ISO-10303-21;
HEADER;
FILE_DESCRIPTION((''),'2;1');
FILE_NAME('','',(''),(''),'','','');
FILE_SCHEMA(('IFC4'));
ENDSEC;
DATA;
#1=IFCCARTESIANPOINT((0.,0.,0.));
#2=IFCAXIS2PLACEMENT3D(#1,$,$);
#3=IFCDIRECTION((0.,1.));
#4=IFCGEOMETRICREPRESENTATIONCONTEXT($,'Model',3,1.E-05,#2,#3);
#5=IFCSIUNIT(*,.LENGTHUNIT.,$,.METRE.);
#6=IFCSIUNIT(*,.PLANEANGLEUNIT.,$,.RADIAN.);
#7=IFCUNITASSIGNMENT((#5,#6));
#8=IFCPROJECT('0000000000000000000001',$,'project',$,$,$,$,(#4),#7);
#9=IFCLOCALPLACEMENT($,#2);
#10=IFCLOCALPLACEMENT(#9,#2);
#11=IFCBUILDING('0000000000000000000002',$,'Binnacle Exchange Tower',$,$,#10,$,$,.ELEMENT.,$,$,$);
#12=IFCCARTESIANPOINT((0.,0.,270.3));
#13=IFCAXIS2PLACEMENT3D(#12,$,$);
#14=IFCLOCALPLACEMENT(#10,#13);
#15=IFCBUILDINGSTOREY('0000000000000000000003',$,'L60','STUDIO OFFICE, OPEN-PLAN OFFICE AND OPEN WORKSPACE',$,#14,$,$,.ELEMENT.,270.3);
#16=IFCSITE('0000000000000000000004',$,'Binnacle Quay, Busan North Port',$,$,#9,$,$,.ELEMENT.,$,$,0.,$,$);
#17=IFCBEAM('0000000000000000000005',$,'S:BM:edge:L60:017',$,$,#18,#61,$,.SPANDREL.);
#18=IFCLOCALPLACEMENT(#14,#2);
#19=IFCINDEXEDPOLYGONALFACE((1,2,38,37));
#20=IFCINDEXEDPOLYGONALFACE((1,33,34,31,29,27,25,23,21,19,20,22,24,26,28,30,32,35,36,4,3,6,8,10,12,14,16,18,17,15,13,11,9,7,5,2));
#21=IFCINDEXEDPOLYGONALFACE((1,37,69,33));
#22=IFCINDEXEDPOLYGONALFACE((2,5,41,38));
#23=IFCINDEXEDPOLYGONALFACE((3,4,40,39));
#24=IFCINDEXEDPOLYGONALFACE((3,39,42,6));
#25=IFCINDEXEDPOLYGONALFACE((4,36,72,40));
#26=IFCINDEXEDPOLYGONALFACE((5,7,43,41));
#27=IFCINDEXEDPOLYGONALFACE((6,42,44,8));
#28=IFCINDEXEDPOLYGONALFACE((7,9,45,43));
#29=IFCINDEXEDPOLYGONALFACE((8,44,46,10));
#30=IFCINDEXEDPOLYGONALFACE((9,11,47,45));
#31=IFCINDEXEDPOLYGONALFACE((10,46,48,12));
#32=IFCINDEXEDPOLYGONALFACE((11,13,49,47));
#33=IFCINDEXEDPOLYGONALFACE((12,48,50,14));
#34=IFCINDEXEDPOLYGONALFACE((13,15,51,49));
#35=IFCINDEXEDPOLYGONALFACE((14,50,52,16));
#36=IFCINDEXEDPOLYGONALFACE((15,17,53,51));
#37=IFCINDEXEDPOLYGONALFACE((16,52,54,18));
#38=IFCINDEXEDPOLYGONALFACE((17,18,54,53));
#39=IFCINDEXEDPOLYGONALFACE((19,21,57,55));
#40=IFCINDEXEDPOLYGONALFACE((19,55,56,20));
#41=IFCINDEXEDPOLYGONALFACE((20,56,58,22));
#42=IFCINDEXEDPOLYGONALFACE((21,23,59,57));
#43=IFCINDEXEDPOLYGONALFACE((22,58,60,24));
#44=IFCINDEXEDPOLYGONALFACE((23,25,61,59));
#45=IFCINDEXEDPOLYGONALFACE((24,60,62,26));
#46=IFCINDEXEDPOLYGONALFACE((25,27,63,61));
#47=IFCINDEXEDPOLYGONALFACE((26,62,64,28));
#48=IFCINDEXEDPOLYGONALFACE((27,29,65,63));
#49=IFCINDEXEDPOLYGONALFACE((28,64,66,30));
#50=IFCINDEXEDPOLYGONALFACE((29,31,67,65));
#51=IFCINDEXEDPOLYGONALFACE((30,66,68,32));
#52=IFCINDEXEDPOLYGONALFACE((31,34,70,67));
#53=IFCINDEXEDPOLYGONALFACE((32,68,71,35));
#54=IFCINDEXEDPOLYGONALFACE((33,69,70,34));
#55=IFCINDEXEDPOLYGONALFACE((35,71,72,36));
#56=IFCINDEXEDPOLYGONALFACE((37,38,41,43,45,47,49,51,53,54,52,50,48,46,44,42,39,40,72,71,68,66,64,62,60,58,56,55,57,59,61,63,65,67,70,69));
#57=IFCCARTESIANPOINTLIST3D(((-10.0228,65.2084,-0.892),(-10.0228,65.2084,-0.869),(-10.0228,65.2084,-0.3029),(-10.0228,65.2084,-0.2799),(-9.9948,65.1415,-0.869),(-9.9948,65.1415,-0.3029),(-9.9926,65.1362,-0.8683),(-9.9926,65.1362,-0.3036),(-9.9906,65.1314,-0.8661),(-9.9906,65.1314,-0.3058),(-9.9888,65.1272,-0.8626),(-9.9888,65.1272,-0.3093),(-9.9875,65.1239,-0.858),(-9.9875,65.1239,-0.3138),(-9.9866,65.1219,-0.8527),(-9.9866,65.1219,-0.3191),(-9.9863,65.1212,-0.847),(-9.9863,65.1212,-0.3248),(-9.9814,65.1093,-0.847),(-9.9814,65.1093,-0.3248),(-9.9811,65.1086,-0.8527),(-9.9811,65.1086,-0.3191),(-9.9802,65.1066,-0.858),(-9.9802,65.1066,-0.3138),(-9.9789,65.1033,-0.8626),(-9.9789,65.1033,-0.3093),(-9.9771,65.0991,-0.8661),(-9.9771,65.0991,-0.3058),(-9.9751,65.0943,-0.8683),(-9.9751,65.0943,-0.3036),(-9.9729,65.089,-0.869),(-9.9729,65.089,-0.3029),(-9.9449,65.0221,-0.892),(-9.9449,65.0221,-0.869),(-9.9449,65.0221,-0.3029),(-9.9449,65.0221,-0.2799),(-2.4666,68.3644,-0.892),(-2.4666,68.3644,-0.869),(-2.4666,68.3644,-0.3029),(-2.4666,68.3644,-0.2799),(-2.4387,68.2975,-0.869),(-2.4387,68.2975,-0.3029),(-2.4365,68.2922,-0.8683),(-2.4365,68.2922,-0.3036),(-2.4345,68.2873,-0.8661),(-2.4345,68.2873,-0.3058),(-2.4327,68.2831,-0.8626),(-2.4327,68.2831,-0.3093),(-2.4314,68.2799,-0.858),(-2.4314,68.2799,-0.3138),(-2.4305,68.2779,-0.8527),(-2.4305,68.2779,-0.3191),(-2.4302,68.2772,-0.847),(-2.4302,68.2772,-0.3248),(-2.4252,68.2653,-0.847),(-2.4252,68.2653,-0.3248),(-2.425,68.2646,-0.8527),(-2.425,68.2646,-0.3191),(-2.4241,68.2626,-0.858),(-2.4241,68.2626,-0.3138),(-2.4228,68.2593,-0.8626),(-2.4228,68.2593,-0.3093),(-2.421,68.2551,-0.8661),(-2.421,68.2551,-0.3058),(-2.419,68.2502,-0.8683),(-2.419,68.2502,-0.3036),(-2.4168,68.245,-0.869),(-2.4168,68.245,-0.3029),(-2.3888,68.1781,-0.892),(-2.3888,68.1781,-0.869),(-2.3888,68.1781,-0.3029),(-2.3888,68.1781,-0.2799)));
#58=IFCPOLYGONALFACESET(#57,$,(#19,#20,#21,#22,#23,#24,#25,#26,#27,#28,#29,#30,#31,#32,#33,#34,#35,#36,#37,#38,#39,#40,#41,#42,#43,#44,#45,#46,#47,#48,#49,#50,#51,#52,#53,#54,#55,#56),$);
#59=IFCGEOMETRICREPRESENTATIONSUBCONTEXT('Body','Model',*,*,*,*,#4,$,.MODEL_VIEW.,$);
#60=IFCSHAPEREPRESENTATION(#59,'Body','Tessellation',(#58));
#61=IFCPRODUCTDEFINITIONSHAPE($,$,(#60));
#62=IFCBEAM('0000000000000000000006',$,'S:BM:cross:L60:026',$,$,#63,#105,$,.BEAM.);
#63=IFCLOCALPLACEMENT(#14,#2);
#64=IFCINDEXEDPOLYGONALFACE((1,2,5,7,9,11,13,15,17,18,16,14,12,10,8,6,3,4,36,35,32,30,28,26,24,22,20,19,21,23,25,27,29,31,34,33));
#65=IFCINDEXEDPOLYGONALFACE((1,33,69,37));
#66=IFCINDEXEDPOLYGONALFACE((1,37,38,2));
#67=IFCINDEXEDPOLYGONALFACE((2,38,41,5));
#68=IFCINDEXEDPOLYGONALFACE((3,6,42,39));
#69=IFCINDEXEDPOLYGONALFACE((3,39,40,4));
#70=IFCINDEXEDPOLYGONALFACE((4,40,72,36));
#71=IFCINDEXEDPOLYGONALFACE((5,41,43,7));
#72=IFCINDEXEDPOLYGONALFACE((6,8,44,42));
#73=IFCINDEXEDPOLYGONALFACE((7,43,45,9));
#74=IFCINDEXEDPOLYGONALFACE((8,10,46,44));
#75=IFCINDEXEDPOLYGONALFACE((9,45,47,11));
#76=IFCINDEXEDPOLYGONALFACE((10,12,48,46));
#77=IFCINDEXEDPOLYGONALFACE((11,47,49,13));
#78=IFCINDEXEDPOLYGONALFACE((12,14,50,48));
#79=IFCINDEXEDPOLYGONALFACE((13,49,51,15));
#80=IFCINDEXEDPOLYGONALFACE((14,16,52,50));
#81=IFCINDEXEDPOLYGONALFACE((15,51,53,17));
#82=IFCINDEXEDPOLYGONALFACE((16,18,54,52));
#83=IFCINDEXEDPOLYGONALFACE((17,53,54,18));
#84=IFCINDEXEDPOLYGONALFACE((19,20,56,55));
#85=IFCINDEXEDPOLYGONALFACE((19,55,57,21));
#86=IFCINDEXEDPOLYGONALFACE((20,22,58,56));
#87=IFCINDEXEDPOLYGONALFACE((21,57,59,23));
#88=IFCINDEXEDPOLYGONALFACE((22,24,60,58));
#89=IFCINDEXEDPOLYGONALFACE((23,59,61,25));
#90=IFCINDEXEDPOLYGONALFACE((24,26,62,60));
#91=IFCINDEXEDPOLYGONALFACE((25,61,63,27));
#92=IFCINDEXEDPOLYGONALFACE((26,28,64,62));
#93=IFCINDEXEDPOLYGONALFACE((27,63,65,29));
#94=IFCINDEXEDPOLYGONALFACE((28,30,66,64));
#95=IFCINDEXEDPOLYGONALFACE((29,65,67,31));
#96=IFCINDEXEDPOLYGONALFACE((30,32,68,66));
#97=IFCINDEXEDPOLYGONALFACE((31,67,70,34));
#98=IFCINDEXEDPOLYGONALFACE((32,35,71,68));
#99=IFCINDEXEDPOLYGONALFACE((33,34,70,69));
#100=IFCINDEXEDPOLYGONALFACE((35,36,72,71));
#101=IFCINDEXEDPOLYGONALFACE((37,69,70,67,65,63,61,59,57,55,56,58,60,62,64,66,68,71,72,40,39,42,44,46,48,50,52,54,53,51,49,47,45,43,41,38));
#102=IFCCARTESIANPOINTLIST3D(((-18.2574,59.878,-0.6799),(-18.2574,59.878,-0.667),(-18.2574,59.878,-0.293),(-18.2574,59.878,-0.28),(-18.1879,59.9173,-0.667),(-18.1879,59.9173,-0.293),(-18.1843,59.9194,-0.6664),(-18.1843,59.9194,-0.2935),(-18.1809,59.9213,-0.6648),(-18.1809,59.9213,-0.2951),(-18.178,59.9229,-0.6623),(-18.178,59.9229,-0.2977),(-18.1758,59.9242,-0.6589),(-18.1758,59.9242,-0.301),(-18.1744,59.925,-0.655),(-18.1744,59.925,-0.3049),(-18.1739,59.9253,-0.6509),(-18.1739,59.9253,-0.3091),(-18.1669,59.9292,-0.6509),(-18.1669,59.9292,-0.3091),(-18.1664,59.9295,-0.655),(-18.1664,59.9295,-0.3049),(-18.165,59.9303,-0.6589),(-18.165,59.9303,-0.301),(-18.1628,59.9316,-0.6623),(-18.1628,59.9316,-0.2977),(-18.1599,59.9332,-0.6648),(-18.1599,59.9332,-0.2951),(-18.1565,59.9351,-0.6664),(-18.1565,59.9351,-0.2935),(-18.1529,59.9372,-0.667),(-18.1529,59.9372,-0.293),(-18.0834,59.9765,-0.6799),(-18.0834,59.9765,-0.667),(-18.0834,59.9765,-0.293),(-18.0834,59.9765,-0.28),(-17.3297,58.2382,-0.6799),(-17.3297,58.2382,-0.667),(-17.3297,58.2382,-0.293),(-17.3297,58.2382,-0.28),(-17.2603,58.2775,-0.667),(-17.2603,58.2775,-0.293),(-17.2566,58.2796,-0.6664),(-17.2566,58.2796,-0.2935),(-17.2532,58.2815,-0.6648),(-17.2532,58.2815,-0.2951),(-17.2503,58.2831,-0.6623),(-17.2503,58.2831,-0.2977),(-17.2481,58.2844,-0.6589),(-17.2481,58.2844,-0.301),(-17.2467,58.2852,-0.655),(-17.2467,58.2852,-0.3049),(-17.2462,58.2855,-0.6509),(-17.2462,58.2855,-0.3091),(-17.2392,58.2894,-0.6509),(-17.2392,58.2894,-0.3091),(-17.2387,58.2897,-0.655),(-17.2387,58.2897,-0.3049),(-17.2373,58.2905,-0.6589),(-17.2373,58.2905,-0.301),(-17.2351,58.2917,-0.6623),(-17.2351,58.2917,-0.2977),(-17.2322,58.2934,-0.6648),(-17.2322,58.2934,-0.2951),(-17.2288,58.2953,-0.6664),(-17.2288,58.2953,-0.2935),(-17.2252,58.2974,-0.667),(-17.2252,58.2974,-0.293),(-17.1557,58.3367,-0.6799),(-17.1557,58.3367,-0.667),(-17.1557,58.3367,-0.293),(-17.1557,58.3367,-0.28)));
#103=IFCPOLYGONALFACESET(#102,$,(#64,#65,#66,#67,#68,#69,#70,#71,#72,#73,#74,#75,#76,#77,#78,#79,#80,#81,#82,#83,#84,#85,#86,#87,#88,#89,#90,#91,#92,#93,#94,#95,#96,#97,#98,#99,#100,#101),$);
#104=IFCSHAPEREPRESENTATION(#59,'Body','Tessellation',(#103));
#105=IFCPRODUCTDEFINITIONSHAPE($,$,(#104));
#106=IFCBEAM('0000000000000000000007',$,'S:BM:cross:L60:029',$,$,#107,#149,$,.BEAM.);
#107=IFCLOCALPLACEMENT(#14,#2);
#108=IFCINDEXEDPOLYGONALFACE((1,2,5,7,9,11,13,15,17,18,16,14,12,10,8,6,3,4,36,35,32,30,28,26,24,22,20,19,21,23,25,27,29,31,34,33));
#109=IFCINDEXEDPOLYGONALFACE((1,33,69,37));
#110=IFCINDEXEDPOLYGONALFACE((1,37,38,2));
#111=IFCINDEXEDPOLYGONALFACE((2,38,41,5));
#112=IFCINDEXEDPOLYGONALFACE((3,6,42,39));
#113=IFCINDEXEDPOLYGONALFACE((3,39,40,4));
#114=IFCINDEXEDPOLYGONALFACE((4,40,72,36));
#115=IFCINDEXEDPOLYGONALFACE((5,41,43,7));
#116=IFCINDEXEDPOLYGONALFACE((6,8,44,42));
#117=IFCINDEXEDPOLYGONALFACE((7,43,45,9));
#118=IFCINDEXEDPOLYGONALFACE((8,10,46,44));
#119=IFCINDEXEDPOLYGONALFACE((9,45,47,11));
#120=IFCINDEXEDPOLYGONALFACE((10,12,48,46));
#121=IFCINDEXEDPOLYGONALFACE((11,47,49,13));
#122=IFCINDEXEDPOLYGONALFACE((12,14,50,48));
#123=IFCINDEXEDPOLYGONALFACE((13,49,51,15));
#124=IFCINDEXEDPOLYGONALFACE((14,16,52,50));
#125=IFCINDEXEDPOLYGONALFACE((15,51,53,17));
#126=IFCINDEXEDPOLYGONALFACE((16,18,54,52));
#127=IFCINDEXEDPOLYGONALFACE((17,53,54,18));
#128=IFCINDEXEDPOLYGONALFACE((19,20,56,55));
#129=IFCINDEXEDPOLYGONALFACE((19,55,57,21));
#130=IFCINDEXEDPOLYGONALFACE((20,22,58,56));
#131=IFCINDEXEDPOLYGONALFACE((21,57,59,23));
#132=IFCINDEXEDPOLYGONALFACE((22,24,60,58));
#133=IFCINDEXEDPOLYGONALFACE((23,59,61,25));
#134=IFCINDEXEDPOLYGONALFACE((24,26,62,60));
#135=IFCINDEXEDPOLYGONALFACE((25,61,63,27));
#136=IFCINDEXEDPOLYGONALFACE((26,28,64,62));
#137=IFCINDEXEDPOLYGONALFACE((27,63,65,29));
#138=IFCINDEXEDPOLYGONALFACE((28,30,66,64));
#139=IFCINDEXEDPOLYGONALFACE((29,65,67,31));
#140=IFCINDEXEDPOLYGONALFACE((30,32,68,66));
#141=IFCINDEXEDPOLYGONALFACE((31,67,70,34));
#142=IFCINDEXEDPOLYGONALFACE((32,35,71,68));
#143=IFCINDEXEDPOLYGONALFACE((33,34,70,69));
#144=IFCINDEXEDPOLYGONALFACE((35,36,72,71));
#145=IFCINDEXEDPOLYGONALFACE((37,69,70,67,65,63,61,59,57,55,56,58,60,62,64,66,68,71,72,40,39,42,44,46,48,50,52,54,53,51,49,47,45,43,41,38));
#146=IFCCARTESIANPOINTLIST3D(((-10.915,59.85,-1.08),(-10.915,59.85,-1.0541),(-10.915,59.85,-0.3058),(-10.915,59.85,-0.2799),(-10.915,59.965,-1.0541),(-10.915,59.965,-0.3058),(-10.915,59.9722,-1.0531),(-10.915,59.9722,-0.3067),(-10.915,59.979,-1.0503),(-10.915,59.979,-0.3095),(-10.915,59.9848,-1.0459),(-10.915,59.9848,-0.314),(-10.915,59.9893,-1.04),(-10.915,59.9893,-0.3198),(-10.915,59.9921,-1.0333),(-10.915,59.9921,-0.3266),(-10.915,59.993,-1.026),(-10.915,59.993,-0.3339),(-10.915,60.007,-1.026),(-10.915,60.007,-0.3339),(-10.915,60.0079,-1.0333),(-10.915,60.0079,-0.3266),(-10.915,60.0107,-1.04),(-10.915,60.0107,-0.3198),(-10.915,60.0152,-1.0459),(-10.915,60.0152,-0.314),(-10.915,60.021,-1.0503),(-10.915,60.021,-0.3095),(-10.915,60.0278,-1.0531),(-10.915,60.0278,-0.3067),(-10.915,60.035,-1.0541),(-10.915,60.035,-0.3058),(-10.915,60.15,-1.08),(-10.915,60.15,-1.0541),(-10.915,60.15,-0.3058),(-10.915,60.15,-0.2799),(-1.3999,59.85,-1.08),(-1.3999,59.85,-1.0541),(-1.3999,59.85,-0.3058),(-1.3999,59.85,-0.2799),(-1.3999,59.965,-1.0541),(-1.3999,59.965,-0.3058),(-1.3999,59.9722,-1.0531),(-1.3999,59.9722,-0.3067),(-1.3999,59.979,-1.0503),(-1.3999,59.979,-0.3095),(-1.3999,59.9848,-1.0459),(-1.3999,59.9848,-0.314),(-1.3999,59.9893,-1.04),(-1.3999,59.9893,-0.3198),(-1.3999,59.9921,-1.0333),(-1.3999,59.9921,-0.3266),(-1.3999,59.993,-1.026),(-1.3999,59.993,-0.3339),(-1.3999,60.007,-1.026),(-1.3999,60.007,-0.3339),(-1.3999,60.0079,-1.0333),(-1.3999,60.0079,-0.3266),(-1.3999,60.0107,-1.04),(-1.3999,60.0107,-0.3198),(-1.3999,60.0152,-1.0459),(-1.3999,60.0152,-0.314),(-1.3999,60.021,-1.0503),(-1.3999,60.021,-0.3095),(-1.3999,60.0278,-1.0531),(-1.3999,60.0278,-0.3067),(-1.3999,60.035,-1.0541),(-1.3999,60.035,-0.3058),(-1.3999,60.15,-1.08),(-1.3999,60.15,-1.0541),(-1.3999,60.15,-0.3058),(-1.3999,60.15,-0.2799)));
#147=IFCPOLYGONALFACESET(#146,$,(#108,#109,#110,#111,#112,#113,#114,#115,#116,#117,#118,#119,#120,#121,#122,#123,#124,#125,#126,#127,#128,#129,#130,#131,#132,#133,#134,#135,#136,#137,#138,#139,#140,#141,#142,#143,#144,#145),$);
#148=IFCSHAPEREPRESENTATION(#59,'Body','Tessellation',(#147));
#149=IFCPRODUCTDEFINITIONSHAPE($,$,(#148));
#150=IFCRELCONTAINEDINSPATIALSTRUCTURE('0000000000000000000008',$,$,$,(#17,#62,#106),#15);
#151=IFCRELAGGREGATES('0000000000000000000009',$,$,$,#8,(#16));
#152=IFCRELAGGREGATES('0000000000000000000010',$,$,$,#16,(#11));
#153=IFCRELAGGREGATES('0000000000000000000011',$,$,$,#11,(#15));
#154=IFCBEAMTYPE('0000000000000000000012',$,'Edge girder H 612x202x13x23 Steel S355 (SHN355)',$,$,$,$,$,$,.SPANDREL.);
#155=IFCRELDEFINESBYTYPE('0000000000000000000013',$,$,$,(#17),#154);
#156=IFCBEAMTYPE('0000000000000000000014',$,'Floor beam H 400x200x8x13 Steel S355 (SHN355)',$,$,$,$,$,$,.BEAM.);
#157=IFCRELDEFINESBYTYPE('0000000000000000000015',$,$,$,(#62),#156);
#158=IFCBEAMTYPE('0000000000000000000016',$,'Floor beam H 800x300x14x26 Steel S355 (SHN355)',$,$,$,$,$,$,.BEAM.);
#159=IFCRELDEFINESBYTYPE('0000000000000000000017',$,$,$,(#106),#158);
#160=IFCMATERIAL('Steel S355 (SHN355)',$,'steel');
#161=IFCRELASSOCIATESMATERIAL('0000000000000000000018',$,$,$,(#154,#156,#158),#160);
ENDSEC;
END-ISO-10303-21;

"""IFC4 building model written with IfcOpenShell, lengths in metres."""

from ifc_helpers import new_model, si_unit, direction, frame, origin, origin_2d, place, context, subcontext, project, spatial, i_section, extrude, material, material_profile, profile_set, type_object, element, save


model = new_model("IFC4")

# Units and contexts
model_context = context("Model", 3, precision=1e-05, world=origin(), true_north=direction((0.0, 1.0)))
body_context = subcontext(model_context, "Body", "Model", "MODEL_VIEW")
ifc_project = project(units=[si_unit("LENGTHUNIT", "METRE"), si_unit("PLANEANGLEUNIT", "RADIAN")], contexts=[model_context])

# Site, building, storey
site_placement = place(None, origin())
site = spatial("IfcSite", under=ifc_project, at=site_placement, Name="Binnacle Quay, Busan North Port", CompositionType="ELEMENT", RefElevation=0.0)
building_placement = place(site_placement, origin())
building = spatial("IfcBuilding", under=site, at=building_placement, Name="Binnacle Exchange Tower", CompositionType="ELEMENT")
storey_placement = place(building_placement, frame((0.0, 0.0, 270.3)))
storey = spatial("IfcBuildingStorey", under=building, at=storey_placement, Name="L60", Description="STUDIO OFFICE, OPEN-PLAN OFFICE AND OPEN WORKSPACE", CompositionType="ELEMENT", Elevation=270.3)

# Beams
ifc_material_1 = material(Name="Steel S355 (SHN355)", Category="steel")
ifc_material_profile_1 = material_profile(ifc_material_1, i_section(OverallWidth=0.2019, OverallDepth=0.6121, WebThickness=0.0129, FlangeThickness=0.0229, FilletRadius=0.022, at=origin_2d()), Name="H 612x202x13x23")
ifc_profile_set_1 = profile_set([ifc_material_profile_1], Name="Steel S355 (SHN355)")
beam_type_1 = type_object("IfcBeamType", Name="Edge girder H 612x202x13x23 Steel S355 (SHN355)", PredefinedType="SPANDREL", material=ifc_profile_set_1)
beam_1_placement = place(storey_placement, frame((-2.4277, 68.2712, -0.5859), z_axis=(-0.922747, -0.385407, 0.0), x_axis=(0.385407, -0.922747, 0.0)))
element("IfcBeam", 1, at=beam_1_placement, inside=storey, type_object=beam_type_1, Name="S:BM:edge:L60:017", PredefinedType="SPANDREL", context=body_context, shape_type="SweptSolid", body=[
    extrude(i_section(OverallWidth=0.2019, OverallDepth=0.6121, WebThickness=0.0129, FlangeThickness=0.0229, FilletRadius=0.022, at=origin_2d()), origin(), (0.0, 0.0, 1.0), 8.1887),
])
ifc_material_profile_2 = material_profile(ifc_material_1, i_section(OverallWidth=0.2, OverallDepth=0.3999, WebThickness=0.0081, FlangeThickness=0.0129, FilletRadius=0.0161, at=origin_2d()), Name="H 400x200x8x13")
ifc_profile_set_2 = profile_set([ifc_material_profile_2], Name="Steel S355 (SHN355)")
beam_type_2 = type_object("IfcBeamType", Name="Floor beam H 400x200x8x13 Steel S355 (SHN355)", PredefinedType="BEAM", material=ifc_profile_set_2)
beam_2_placement = place(storey_placement, frame((-18.1704, 59.9272, -0.48), z_axis=(0.492395, -0.870372, 0.0), x_axis=(0.870372, 0.492395, 0.0)))
element("IfcBeam", 2, at=beam_2_placement, inside=storey, type_object=beam_type_2, Name="S:BM:cross:L60:026", PredefinedType="BEAM", context=body_context, shape_type="SweptSolid", body=[
    extrude(i_section(OverallWidth=0.2, OverallDepth=0.3999, WebThickness=0.0081, FlangeThickness=0.0129, FilletRadius=0.0161, at=origin_2d()), origin(), (0.0, 0.0, 1.0), 1.884),
])
ifc_material_profile_3 = material_profile(ifc_material_1, i_section(OverallWidth=0.3, OverallDepth=0.8, WebThickness=0.0139, FlangeThickness=0.0259, FilletRadius=0.0281, at=origin_2d()), Name="H 800x300x14x26")
ifc_profile_set_3 = profile_set([ifc_material_profile_3], Name="Steel S355 (SHN355)")
beam_type_3 = type_object("IfcBeamType", Name="Floor beam H 800x300x14x26 Steel S355 (SHN355)", PredefinedType="BEAM", material=ifc_profile_set_3)
beam_3_placement = place(storey_placement, frame((-1.3999, 60.0, -0.6799), z_axis=(-1.0, 0.0, 0.0), x_axis=(0.0, -1.0, 0.0)))
element("IfcBeam", 3, at=beam_3_placement, inside=storey, type_object=beam_type_3, Name="S:BM:cross:L60:029", PredefinedType="BEAM", context=body_context, shape_type="SweptSolid", body=[
    extrude(i_section(OverallWidth=0.3, OverallDepth=0.8, WebThickness=0.0139, FlangeThickness=0.0259, FilletRadius=0.0281, at=origin_2d()), origin(), (0.0, 0.0, 1.0), 9.5151),
])

save(model, "model.ifc")
